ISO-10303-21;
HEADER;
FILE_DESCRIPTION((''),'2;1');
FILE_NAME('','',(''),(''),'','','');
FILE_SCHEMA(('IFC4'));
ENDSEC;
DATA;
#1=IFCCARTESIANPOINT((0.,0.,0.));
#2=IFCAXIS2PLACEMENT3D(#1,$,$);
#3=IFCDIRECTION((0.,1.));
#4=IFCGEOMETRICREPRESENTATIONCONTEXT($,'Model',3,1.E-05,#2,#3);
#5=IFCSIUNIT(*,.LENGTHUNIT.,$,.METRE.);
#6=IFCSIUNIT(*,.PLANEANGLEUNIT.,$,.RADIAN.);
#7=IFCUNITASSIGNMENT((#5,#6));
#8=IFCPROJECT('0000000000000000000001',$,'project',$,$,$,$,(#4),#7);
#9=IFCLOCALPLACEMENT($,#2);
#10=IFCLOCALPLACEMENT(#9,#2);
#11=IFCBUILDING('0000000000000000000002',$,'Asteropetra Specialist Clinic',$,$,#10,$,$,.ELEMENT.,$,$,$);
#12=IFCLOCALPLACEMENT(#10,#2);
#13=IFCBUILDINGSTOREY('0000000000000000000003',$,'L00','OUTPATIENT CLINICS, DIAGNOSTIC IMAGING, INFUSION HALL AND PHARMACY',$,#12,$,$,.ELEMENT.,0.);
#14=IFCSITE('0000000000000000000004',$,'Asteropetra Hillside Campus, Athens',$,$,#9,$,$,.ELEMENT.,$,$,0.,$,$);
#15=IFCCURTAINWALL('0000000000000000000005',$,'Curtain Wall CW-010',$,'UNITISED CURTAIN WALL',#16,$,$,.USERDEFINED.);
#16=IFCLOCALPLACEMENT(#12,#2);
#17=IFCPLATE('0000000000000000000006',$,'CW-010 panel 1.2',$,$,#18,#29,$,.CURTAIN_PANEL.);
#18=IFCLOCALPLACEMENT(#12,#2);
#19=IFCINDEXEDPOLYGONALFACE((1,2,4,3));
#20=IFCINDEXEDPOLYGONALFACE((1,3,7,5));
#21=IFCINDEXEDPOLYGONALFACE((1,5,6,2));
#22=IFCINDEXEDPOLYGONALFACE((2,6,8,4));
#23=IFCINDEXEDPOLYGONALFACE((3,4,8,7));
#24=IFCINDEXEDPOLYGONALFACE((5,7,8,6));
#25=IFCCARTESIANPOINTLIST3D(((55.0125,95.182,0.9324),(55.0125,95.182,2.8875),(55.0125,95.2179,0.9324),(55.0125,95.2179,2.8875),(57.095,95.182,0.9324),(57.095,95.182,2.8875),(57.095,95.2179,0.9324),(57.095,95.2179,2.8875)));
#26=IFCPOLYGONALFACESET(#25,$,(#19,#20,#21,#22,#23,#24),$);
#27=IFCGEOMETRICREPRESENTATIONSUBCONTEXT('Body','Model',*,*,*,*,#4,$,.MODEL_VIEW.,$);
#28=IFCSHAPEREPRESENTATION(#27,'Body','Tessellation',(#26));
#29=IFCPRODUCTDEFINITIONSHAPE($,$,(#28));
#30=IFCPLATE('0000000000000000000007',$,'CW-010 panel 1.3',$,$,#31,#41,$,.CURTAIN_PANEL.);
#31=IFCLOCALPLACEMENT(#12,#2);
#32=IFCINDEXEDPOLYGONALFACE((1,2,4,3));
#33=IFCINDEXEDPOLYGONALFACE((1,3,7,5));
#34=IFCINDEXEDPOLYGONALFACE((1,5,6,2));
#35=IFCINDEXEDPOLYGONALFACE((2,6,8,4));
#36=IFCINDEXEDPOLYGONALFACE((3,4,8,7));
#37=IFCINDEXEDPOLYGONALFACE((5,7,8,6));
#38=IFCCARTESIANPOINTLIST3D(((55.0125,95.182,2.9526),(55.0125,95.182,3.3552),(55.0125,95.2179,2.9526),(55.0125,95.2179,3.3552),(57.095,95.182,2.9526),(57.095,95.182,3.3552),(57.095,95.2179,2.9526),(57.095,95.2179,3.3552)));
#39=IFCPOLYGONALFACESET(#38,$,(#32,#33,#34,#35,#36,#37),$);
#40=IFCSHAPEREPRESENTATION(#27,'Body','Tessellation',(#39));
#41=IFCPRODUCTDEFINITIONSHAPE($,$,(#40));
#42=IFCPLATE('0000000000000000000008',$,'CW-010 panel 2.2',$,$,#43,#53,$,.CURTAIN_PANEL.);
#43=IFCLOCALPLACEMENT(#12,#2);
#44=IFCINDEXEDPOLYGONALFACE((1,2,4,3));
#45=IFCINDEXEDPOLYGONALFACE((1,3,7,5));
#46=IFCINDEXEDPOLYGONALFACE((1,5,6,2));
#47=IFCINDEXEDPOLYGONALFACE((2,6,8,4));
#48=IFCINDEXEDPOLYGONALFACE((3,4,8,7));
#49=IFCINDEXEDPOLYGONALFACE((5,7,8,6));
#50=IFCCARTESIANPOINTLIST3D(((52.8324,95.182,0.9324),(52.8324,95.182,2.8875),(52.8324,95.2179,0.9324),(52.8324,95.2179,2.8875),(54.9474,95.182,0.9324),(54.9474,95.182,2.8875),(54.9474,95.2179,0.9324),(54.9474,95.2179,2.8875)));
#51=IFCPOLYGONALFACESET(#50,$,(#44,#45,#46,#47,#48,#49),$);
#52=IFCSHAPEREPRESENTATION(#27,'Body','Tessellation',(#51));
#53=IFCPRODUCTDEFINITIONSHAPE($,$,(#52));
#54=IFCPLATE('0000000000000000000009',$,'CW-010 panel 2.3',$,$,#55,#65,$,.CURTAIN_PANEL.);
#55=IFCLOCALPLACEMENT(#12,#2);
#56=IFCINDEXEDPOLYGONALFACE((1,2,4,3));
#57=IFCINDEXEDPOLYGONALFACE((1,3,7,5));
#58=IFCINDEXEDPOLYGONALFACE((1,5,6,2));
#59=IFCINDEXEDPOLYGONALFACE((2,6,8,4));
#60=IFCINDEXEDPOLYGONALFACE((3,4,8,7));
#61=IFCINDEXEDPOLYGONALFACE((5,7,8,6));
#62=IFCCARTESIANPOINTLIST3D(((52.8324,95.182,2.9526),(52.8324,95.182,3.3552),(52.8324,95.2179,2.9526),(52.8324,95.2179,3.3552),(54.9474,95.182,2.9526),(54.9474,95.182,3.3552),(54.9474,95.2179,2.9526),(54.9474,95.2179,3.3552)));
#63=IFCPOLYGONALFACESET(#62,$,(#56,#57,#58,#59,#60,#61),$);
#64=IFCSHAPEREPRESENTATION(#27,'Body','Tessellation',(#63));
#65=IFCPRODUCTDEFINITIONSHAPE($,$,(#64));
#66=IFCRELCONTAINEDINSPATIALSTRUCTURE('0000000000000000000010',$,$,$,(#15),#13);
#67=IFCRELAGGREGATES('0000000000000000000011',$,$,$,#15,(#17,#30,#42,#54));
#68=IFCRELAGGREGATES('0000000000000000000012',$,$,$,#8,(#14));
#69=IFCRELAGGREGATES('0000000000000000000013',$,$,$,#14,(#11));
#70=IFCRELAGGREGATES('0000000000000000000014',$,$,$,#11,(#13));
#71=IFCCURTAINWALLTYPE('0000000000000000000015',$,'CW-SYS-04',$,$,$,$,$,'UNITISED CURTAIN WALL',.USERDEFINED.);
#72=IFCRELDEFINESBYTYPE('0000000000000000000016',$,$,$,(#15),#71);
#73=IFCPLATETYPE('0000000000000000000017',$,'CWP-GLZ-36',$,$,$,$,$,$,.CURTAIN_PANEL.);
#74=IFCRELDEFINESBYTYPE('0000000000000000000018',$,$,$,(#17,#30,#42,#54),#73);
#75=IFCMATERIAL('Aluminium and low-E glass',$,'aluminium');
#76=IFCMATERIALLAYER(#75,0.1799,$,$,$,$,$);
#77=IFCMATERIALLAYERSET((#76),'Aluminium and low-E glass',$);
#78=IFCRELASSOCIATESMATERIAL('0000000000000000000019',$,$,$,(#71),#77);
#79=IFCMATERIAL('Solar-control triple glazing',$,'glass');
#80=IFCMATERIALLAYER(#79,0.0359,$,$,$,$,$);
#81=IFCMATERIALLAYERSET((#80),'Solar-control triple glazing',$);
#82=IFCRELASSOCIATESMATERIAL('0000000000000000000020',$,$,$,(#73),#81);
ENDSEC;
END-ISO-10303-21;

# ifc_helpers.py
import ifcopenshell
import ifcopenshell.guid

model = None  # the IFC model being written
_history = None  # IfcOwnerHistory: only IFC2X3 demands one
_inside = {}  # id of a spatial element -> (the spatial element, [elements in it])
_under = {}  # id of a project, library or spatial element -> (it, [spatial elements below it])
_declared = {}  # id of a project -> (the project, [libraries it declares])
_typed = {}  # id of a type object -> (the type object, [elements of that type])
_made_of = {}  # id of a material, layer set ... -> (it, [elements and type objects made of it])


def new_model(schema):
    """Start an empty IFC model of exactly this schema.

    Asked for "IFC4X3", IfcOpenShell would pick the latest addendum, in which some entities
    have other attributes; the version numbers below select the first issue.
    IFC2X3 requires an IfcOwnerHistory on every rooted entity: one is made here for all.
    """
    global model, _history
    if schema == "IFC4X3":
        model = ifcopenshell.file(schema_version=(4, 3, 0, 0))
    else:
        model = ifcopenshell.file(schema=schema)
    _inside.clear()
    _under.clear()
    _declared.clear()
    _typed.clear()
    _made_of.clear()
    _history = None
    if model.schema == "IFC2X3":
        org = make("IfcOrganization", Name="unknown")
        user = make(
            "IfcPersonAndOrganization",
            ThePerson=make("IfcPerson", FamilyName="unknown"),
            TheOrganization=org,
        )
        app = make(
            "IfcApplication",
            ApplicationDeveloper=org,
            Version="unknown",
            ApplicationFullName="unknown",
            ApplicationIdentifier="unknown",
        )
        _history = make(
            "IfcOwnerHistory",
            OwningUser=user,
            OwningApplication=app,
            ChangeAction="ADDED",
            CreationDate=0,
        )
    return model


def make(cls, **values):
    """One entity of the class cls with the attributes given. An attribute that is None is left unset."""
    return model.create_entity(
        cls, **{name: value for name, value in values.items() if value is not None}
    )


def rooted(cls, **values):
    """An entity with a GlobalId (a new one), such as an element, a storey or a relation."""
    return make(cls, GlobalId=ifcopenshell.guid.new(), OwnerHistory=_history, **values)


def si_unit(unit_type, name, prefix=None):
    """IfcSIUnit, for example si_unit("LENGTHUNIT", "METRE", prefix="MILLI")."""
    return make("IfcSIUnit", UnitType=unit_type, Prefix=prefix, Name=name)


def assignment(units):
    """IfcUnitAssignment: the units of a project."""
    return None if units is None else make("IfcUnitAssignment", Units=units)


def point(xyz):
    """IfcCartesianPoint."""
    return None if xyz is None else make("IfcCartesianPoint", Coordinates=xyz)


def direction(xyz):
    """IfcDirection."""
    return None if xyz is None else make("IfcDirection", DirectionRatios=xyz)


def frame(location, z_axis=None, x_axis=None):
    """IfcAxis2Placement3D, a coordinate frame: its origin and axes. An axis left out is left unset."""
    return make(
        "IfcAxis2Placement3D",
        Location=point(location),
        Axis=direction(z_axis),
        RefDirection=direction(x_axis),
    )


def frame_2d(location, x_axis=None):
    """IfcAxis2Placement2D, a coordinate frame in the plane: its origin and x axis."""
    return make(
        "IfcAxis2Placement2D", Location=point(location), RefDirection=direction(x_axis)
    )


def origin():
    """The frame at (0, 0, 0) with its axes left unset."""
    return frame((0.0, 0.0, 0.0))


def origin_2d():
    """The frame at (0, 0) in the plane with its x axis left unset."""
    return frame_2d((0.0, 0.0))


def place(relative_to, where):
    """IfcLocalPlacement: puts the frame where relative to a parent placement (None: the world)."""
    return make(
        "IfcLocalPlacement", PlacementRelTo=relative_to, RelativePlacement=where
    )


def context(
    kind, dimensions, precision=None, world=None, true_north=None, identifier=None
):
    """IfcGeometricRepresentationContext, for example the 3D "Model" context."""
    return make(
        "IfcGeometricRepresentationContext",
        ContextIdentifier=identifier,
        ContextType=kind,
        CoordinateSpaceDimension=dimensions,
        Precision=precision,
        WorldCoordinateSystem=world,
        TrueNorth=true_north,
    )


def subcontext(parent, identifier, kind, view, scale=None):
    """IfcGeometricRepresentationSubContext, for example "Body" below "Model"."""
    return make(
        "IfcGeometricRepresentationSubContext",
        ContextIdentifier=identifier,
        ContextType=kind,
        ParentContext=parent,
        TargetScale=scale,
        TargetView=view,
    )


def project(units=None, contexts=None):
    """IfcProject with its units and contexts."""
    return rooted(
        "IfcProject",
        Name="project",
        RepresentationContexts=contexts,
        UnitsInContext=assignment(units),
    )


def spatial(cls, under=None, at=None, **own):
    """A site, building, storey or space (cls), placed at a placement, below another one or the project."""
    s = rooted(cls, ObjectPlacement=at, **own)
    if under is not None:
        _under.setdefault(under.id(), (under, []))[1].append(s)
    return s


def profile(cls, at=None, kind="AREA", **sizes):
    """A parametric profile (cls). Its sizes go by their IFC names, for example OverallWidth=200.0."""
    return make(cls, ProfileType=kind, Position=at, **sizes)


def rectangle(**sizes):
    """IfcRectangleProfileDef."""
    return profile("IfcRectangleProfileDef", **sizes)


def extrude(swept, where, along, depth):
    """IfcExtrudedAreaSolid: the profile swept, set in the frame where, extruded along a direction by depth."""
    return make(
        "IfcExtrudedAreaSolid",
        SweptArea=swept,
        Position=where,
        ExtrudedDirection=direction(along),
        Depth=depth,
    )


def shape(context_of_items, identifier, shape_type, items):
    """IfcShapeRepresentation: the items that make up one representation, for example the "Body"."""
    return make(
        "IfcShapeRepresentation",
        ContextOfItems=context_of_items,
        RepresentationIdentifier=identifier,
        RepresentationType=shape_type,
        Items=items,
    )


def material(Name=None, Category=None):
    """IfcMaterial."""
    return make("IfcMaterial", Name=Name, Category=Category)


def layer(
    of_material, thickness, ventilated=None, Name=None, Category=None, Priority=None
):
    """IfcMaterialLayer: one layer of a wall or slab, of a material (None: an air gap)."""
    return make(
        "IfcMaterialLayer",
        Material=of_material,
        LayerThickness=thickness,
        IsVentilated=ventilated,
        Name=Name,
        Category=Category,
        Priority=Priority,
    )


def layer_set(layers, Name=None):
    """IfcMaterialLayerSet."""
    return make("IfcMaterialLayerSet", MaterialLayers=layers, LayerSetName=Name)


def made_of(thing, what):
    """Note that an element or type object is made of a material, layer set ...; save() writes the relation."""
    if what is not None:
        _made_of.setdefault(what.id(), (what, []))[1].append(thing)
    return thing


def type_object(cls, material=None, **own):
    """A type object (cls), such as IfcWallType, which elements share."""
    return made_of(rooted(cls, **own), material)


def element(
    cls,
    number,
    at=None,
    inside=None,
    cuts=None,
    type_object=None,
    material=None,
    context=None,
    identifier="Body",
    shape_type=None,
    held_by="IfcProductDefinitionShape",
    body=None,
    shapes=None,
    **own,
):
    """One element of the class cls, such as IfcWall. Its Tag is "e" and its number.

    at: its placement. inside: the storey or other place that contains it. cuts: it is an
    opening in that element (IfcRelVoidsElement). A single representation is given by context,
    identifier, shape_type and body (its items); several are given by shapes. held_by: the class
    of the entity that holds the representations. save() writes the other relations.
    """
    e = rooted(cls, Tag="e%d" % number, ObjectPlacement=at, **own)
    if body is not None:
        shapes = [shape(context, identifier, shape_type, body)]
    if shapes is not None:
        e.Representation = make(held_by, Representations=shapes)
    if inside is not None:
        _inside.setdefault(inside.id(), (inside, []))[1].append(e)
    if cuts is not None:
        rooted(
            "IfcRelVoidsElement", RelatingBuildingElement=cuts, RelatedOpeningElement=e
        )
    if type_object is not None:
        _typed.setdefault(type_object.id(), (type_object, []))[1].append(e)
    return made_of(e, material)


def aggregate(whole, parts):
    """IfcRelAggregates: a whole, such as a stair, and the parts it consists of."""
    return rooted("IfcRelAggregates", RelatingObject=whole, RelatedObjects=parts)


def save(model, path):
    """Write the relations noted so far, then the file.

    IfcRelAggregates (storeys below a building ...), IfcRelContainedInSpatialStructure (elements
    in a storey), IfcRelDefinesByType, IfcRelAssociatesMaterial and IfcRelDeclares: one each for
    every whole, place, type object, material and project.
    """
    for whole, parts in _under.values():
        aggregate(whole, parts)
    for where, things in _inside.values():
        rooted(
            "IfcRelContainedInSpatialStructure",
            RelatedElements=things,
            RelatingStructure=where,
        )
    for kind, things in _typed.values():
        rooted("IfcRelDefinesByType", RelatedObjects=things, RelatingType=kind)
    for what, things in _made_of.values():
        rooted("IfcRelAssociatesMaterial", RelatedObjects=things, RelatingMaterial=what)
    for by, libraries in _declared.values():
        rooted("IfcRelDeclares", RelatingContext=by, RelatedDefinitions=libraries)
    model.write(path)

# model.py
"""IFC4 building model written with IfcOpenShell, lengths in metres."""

from ifc_helpers import new_model, si_unit, direction, frame, origin, origin_2d, place, context, subcontext, project, spatial, rectangle, extrude, material, layer, layer_set, type_object, element, aggregate, save


model = new_model("IFC4")

# Units and contexts
model_context = context("Model", 3, precision=1e-05, world=origin(), true_north=direction((0.0, 1.0)))
body_context = subcontext(model_context, "Body", "Model", "MODEL_VIEW")
ifc_project = project(units=[si_unit("LENGTHUNIT", "METRE"), si_unit("PLANEANGLEUNIT", "RADIAN")], contexts=[model_context])

# Site, building, storey
site_placement = place(None, origin())
site = spatial("IfcSite", under=ifc_project, at=site_placement, Name="Asteropetra Hillside Campus, Athens", CompositionType="ELEMENT", RefElevation=0.0)
building_placement = place(site_placement, origin())
building = spatial("IfcBuilding", under=site, at=building_placement, Name="Asteropetra Specialist Clinic", CompositionType="ELEMENT")
storey_placement = place(building_placement, origin())
storey = spatial("IfcBuildingStorey", under=building, at=storey_placement, Name="L00", Description="OUTPATIENT CLINICS, DIAGNOSTIC IMAGING, INFUSION HALL AND PHARMACY", CompositionType="ELEMENT", Elevation=0.0)

# Curtain wall
ifc_material_1 = material(Name="Aluminium and low-E glass", Category="aluminium")
ifc_layer_1 = layer(ifc_material_1, 0.1799)
ifc_layer_set_1 = layer_set([ifc_layer_1], Name="Aluminium and low-E glass")
curtain_wall_type_1 = type_object("IfcCurtainWallType", Name="CW-SYS-04", ElementType="UNITISED CURTAIN WALL", PredefinedType="USERDEFINED", material=ifc_layer_set_1)
curtain_wall_1_placement = place(storey_placement, origin())
curtain_wall_1 = element("IfcCurtainWall", 1, at=curtain_wall_1_placement, inside=storey, type_object=curtain_wall_type_1, Name="Curtain Wall CW-010", ObjectType="UNITISED CURTAIN WALL", PredefinedType="USERDEFINED")

# Plates
ifc_material_2 = material(Name="Solar-control triple glazing", Category="glass")
ifc_layer_2 = layer(ifc_material_2, 0.0359)
ifc_layer_set_2 = layer_set([ifc_layer_2], Name="Solar-control triple glazing")
plate_type_1 = type_object("IfcPlateType", Name="CWP-GLZ-36", PredefinedType="CURTAIN_PANEL", material=ifc_layer_set_2)
plate_1_placement = place(storey_placement, frame((56.0537, 95.2, 0.9324), z_axis=(0.0, 0.0, 1.0), x_axis=(-1.0, 0.0, 0.0)))
plate_1 = element("IfcPlate", 2, at=plate_1_placement, type_object=plate_type_1, Name="CW-010 panel 1.2", PredefinedType="CURTAIN_PANEL", context=body_context, shape_type="SweptSolid", body=[
    extrude(rectangle(XDim=2.0825, YDim=0.0359, at=origin_2d()), origin(), (0.0, 0.0, 1.0), 1.9551),
])
plate_2_placement = place(storey_placement, frame((56.0537, 95.2, 2.9526), z_axis=(0.0, 0.0, 1.0), x_axis=(-1.0, 0.0, 0.0)))
plate_2 = element("IfcPlate", 3, at=plate_2_placement, type_object=plate_type_1, Name="CW-010 panel 1.3", PredefinedType="CURTAIN_PANEL", context=body_context, shape_type="SweptSolid", body=[
    extrude(rectangle(XDim=2.0825, YDim=0.0359, at=origin_2d()), origin(), (0.0, 0.0, 1.0), 0.4026),
])
plate_3_placement = place(storey_placement, frame((53.8899, 95.2, 0.9324), z_axis=(0.0, 0.0, 1.0), x_axis=(-1.0, 0.0, 0.0)))
plate_3 = element("IfcPlate", 4, at=plate_3_placement, type_object=plate_type_1, Name="CW-010 panel 2.2", PredefinedType="CURTAIN_PANEL", context=body_context, shape_type="SweptSolid", body=[
    extrude(rectangle(XDim=2.115, YDim=0.0359, at=origin_2d()), origin(), (0.0, 0.0, 1.0), 1.9551),
])
plate_4_placement = place(storey_placement, frame((53.8899, 95.2, 2.9526), z_axis=(0.0, 0.0, 1.0), x_axis=(-1.0, 0.0, 0.0)))
plate_4 = element("IfcPlate", 5, at=plate_4_placement, type_object=plate_type_1, Name="CW-010 panel 2.3", PredefinedType="CURTAIN_PANEL", context=body_context, shape_type="SweptSolid", body=[
    extrude(rectangle(XDim=2.115, YDim=0.0359, at=origin_2d()), origin(), (0.0, 0.0, 1.0), 0.4026),
])
aggregate(curtain_wall_1, [plate_1, plate_2, plate_3, plate_4])

save(model, "model.ifc")
